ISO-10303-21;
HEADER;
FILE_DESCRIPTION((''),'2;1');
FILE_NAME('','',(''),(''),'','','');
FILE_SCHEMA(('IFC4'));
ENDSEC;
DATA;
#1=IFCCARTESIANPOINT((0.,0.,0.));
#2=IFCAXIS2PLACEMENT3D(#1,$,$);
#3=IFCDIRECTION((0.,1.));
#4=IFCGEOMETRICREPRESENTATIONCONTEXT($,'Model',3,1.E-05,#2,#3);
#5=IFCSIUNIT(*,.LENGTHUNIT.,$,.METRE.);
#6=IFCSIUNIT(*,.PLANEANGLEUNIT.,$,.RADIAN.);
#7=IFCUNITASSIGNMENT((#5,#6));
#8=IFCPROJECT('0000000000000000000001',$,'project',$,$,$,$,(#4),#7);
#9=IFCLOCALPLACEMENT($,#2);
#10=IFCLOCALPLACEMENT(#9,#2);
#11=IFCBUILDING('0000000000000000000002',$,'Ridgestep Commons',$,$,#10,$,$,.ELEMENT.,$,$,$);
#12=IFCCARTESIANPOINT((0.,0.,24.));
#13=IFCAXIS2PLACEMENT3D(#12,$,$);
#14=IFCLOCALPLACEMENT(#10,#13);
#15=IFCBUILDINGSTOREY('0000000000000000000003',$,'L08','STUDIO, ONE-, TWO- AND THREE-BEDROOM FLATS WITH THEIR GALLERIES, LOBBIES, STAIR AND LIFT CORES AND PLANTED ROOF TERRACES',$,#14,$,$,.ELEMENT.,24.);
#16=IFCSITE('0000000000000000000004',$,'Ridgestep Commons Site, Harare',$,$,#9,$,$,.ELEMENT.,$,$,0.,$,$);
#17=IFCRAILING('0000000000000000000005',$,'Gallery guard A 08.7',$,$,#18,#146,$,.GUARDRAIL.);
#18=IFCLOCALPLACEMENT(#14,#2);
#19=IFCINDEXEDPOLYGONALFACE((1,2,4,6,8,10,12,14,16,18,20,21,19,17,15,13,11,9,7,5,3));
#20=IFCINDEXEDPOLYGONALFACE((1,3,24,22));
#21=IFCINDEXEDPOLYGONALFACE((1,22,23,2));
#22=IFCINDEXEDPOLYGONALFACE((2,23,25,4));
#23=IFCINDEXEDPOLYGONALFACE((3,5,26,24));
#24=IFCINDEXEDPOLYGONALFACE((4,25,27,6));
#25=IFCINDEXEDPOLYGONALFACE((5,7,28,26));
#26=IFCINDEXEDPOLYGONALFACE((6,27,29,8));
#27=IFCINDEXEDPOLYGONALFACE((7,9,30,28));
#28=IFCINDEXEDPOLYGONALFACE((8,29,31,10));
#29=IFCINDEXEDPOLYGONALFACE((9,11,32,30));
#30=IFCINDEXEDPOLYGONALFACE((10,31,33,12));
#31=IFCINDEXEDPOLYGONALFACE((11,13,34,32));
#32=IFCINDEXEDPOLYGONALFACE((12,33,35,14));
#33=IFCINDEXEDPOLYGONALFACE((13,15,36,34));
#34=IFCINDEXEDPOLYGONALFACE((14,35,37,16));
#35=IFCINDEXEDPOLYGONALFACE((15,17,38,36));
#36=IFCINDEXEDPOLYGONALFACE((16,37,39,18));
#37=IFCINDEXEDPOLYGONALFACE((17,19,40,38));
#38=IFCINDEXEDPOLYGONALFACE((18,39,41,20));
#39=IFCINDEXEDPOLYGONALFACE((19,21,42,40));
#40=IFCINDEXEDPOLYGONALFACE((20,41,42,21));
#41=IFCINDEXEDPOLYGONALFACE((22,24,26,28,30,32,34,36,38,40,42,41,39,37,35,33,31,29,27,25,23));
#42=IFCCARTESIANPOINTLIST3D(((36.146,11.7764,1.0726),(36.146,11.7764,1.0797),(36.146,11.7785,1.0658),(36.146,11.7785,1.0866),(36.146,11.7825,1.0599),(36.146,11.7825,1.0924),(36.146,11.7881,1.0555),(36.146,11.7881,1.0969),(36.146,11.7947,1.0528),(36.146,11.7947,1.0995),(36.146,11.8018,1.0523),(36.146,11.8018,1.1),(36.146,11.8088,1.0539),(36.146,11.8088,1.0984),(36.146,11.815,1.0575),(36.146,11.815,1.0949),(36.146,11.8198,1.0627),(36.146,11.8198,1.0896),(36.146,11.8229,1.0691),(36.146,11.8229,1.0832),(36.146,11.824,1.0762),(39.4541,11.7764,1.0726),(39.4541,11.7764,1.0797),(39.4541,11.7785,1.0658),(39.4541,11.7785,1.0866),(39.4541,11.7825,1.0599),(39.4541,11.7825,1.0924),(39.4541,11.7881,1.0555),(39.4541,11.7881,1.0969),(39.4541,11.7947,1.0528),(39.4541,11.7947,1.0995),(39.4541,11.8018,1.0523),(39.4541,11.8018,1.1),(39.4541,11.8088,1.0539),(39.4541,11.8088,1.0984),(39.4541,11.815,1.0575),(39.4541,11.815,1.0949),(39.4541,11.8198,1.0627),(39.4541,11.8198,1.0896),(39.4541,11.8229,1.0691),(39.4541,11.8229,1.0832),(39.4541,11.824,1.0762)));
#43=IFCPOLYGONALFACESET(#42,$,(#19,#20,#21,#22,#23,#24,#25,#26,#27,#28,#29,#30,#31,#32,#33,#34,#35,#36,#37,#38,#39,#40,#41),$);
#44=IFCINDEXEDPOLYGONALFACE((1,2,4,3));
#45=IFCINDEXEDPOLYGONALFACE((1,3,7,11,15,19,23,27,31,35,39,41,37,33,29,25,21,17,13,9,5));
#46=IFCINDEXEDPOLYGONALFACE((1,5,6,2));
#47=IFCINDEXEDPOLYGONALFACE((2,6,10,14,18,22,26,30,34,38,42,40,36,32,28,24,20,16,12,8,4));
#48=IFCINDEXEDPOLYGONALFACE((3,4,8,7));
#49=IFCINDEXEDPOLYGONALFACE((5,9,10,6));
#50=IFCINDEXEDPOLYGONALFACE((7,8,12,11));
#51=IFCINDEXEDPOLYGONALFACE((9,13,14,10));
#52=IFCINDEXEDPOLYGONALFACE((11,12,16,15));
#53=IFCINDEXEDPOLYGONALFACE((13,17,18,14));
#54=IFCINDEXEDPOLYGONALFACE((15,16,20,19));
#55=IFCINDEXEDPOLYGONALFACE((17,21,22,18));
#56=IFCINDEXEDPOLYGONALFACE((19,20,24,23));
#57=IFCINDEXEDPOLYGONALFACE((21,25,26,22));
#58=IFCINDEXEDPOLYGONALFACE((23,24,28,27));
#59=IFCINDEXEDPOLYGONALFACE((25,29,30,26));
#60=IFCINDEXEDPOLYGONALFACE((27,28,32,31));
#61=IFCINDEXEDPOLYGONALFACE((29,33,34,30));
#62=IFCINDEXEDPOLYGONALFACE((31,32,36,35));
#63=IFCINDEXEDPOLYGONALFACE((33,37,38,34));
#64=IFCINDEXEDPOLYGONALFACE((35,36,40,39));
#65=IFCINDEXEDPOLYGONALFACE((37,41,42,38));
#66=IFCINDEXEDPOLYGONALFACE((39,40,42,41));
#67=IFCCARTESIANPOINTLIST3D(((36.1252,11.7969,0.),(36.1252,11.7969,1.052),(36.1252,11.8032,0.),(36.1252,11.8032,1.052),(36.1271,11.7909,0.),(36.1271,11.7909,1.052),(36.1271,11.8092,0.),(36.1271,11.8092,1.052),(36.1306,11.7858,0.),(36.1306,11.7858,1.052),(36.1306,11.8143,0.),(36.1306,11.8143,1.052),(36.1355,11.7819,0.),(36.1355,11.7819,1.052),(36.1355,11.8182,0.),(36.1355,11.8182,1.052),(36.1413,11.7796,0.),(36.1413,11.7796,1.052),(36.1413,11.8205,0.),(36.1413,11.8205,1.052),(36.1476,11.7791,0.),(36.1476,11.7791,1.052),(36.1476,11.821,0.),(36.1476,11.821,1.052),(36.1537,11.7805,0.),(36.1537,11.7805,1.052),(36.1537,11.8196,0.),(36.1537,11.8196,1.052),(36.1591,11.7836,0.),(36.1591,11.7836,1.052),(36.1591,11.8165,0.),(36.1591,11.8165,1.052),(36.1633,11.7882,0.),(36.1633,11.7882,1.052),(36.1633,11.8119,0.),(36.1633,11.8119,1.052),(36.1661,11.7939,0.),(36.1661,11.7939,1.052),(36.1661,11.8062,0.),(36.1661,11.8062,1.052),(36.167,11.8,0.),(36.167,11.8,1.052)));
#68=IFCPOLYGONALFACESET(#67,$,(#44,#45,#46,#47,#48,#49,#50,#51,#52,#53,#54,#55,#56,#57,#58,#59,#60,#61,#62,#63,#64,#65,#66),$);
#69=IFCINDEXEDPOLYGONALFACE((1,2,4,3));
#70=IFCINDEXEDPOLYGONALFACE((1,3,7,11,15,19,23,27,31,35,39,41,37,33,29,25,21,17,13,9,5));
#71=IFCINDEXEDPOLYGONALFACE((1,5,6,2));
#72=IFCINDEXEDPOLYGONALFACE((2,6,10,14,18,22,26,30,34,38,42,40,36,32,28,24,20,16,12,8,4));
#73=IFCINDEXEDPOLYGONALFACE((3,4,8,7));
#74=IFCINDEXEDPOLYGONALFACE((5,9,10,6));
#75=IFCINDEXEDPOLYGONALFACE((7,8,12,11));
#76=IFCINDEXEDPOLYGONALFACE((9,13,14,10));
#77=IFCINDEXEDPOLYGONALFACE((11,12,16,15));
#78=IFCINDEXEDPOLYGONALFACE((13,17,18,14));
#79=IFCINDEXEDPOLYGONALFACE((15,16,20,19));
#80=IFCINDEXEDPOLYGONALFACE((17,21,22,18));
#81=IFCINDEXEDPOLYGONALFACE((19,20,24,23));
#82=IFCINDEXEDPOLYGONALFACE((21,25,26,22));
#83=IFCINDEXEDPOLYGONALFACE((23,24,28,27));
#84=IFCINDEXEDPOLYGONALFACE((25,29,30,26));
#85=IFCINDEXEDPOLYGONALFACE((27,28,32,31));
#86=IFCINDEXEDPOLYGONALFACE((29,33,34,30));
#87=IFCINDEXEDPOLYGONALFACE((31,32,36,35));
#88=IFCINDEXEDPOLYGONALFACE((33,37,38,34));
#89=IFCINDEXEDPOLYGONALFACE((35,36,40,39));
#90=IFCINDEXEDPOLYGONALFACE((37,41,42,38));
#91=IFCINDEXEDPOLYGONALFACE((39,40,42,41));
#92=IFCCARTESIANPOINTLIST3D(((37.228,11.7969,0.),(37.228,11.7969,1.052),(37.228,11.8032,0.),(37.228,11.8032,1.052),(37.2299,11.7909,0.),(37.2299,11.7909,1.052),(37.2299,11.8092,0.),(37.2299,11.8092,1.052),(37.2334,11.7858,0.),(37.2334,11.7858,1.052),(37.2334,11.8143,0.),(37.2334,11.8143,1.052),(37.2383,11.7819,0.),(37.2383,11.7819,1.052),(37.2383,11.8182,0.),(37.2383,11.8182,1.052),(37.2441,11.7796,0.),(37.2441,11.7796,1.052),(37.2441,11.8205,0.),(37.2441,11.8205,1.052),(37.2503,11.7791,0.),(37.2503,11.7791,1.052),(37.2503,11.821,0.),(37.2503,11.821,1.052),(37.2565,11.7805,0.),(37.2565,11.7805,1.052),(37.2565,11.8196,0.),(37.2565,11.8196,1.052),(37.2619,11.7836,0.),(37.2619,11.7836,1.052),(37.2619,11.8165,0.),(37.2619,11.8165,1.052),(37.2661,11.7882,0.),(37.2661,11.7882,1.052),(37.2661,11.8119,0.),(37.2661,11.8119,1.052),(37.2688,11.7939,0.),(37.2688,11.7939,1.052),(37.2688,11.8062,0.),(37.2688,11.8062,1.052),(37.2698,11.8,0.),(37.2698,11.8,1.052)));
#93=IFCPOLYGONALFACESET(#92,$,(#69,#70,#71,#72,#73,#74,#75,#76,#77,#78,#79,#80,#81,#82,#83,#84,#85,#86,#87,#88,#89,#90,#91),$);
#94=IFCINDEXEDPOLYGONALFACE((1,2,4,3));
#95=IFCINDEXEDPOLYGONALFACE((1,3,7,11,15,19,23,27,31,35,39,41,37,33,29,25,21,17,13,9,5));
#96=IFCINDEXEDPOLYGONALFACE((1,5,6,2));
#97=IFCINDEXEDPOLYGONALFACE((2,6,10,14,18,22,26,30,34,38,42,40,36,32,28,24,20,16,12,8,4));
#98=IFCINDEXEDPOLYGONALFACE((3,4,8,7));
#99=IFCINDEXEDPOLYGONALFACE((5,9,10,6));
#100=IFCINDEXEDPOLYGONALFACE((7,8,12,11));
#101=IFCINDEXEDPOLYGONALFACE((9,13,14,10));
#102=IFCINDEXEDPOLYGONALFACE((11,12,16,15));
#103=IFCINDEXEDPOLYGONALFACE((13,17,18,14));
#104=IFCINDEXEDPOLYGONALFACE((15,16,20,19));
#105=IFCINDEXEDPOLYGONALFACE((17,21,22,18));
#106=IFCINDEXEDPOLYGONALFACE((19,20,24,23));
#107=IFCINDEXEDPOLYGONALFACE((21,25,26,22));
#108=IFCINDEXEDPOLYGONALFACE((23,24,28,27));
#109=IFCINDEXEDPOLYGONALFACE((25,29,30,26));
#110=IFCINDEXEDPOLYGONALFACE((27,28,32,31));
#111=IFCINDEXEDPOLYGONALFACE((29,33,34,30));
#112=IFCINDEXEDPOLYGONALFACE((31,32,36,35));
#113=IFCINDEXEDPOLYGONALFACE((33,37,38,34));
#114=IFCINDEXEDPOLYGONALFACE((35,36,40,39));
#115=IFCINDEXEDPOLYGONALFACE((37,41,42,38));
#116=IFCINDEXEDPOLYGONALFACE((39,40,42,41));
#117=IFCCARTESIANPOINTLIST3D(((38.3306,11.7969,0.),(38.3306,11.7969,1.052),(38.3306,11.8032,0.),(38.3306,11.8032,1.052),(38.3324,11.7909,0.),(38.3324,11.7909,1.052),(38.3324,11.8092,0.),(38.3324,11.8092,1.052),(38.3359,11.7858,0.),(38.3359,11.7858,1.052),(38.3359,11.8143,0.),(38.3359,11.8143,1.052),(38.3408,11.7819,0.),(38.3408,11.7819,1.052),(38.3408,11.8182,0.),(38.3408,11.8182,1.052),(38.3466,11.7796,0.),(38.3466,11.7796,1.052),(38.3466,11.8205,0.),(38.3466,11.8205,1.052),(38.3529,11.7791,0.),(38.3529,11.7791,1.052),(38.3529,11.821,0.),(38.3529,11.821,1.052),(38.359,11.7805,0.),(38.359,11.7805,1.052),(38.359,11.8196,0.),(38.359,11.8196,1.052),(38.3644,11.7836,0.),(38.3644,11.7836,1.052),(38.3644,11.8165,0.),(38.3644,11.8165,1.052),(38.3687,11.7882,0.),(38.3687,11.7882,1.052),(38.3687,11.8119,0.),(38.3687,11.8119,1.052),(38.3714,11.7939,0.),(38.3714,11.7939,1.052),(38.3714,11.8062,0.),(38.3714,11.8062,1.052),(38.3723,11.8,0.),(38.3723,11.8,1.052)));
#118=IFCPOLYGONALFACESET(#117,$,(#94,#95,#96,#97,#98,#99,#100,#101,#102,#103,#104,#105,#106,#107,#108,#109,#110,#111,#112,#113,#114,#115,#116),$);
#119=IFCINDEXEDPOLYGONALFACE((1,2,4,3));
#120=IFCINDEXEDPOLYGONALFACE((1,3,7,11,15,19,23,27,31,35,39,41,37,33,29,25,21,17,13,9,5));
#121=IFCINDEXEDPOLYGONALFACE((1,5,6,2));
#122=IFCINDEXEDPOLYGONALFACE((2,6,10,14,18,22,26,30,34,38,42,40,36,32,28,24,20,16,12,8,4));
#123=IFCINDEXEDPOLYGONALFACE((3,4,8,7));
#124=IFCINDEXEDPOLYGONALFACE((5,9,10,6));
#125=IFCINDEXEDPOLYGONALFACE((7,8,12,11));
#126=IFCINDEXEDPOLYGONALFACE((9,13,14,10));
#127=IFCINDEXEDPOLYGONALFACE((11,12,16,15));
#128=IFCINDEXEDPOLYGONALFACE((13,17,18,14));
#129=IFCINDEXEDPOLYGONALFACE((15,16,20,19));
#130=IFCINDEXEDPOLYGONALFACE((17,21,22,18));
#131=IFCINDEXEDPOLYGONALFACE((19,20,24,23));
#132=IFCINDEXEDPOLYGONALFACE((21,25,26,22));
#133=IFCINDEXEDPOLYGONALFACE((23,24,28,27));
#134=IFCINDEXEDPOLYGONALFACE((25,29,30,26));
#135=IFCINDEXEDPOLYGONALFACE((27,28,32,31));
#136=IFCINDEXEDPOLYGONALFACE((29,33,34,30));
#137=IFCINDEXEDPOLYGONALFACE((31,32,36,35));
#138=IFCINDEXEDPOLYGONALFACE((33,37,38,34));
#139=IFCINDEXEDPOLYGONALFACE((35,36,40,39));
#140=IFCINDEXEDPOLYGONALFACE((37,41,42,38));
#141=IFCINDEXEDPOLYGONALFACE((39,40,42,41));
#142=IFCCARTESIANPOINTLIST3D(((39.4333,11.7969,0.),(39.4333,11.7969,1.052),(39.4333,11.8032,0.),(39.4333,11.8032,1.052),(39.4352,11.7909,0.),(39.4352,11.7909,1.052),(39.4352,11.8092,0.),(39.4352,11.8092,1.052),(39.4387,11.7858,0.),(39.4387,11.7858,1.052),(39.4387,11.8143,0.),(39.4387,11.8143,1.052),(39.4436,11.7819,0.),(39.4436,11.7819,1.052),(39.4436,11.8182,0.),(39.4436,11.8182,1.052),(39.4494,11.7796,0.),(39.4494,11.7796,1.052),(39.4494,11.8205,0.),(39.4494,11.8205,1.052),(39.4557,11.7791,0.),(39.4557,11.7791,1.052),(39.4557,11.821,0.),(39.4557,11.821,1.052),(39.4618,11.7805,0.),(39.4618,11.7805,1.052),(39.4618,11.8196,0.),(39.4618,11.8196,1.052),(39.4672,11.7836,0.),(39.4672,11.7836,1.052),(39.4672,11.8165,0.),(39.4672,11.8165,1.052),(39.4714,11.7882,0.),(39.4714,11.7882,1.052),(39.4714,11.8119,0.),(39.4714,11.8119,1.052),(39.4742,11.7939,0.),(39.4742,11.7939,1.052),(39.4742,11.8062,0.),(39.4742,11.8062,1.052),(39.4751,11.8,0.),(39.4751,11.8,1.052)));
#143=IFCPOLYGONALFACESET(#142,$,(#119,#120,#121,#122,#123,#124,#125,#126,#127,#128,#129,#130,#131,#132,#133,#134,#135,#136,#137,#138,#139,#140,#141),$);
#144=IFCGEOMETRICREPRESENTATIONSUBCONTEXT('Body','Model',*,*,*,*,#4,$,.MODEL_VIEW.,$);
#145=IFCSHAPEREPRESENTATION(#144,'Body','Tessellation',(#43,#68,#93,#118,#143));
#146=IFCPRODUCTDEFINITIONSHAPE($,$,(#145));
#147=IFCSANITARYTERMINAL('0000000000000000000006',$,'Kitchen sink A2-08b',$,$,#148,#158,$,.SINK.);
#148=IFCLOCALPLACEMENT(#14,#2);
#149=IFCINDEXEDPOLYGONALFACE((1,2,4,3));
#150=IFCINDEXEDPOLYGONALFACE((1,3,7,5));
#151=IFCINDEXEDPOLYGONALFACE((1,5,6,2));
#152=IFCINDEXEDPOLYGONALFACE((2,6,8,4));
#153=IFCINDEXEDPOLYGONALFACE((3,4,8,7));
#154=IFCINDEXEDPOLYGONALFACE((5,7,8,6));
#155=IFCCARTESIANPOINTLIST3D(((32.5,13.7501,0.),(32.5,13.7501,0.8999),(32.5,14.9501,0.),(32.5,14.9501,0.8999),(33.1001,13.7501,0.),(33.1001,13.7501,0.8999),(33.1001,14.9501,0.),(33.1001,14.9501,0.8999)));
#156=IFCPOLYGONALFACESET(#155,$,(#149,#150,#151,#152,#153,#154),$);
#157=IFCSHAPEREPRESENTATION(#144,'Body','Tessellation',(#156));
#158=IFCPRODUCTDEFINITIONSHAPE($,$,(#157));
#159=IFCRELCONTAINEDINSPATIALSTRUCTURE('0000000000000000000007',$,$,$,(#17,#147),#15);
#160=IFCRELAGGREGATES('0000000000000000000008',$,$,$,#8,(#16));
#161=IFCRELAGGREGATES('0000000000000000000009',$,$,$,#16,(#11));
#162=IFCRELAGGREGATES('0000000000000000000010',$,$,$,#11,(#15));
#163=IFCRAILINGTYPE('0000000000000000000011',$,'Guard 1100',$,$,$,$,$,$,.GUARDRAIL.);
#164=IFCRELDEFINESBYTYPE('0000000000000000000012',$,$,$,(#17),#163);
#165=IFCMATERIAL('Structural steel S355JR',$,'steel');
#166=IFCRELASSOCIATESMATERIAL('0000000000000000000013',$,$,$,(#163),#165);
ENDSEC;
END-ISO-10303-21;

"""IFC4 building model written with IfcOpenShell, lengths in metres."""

from ifc_helpers import new_model, si_unit, direction, frame, origin, origin_2d, place, context, subcontext, project, spatial, rectangle, circle, extrude, material, type_object, element, save


model = new_model("IFC4")

# Units and contexts
model_context = context("Model", 3, precision=1e-05, world=origin(), true_north=direction((0.0, 1.0)))
body_context = subcontext(model_context, "Body", "Model", "MODEL_VIEW")
ifc_project = project(units=[si_unit("LENGTHUNIT", "METRE"), si_unit("PLANEANGLEUNIT", "RADIAN")], contexts=[model_context])

# Site, building, storey
site_placement = place(None, origin())
site = spatial("IfcSite", under=ifc_project, at=site_placement, Name="Ridgestep Commons Site, Harare", CompositionType="ELEMENT", RefElevation=0.0)
building_placement = place(site_placement, origin())
building = spatial("IfcBuilding", under=site, at=building_placement, Name="Ridgestep Commons", CompositionType="ELEMENT")
storey_placement = place(building_placement, frame((0.0, 0.0, 24.0)))
storey = spatial("IfcBuildingStorey", under=building, at=storey_placement, Name="L08", Description="STUDIO, ONE-, TWO- AND THREE-BEDROOM FLATS WITH THEIR GALLERIES, LOBBIES, STAIR AND LIFT CORES AND PLANTED ROOF TERRACES", CompositionType="ELEMENT", Elevation=24.0)

# Railing
ifc_material_1 = material(Name="Structural steel S355JR", Category="steel")
railing_type = type_object("IfcRailingType", Name="Guard 1100", PredefinedType="GUARDRAIL", material=ifc_material_1)
for number, where, name in (
    (1, (36.146, 11.8, 0.0), "Gallery guard A 08.7"),
):
    element("IfcRailing", number, at=place(storey_placement, frame(where)), inside=storey, type_object=railing_type, Name=name, PredefinedType="GUARDRAIL", context=body_context, shape_type="SweptSolid", body=[
        extrude(circle(Radius=0.0239, at=origin_2d()), frame((0.0, 0.0, 1.0762), z_axis=(1.0, 0.0, 0.0), x_axis=(0.0, 1.0, 0.0)), (0.0, 0.0, 1.0), 3.3081),
        extrude(circle(Radius=0.021, at=origin_2d()), origin(), (0.0, 0.0, 1.0), 1.052),
        extrude(circle(Radius=0.021, at=origin_2d()), frame((1.1028, 0.0, 0.0)), (0.0, 0.0, 1.0), 1.052),
        extrude(circle(Radius=0.021, at=origin_2d()), frame((2.2053, 0.0, 0.0)), (0.0, 0.0, 1.0), 1.052),
        extrude(circle(Radius=0.021, at=origin_2d()), frame((3.3081, 0.0, 0.0)), (0.0, 0.0, 1.0), 1.052),
    ])

# Sanitary terminal
sanitary_terminal_placement = place(storey_placement, frame((32.8, 14.3501, 0.0), z_axis=(0.0, 0.0, 1.0), x_axis=(1.0, 0.0, 0.0)))
element("IfcSanitaryTerminal", 2, at=sanitary_terminal_placement, inside=storey, Name="Kitchen sink A2-08b", PredefinedType="SINK", context=body_context, shape_type="SweptSolid", body=[
    extrude(rectangle(XDim=0.6001, YDim=1.2, at=origin_2d()), origin(), (0.0, 0.0, 1.0), 0.8999),
])

save(model, "model.ifc")
